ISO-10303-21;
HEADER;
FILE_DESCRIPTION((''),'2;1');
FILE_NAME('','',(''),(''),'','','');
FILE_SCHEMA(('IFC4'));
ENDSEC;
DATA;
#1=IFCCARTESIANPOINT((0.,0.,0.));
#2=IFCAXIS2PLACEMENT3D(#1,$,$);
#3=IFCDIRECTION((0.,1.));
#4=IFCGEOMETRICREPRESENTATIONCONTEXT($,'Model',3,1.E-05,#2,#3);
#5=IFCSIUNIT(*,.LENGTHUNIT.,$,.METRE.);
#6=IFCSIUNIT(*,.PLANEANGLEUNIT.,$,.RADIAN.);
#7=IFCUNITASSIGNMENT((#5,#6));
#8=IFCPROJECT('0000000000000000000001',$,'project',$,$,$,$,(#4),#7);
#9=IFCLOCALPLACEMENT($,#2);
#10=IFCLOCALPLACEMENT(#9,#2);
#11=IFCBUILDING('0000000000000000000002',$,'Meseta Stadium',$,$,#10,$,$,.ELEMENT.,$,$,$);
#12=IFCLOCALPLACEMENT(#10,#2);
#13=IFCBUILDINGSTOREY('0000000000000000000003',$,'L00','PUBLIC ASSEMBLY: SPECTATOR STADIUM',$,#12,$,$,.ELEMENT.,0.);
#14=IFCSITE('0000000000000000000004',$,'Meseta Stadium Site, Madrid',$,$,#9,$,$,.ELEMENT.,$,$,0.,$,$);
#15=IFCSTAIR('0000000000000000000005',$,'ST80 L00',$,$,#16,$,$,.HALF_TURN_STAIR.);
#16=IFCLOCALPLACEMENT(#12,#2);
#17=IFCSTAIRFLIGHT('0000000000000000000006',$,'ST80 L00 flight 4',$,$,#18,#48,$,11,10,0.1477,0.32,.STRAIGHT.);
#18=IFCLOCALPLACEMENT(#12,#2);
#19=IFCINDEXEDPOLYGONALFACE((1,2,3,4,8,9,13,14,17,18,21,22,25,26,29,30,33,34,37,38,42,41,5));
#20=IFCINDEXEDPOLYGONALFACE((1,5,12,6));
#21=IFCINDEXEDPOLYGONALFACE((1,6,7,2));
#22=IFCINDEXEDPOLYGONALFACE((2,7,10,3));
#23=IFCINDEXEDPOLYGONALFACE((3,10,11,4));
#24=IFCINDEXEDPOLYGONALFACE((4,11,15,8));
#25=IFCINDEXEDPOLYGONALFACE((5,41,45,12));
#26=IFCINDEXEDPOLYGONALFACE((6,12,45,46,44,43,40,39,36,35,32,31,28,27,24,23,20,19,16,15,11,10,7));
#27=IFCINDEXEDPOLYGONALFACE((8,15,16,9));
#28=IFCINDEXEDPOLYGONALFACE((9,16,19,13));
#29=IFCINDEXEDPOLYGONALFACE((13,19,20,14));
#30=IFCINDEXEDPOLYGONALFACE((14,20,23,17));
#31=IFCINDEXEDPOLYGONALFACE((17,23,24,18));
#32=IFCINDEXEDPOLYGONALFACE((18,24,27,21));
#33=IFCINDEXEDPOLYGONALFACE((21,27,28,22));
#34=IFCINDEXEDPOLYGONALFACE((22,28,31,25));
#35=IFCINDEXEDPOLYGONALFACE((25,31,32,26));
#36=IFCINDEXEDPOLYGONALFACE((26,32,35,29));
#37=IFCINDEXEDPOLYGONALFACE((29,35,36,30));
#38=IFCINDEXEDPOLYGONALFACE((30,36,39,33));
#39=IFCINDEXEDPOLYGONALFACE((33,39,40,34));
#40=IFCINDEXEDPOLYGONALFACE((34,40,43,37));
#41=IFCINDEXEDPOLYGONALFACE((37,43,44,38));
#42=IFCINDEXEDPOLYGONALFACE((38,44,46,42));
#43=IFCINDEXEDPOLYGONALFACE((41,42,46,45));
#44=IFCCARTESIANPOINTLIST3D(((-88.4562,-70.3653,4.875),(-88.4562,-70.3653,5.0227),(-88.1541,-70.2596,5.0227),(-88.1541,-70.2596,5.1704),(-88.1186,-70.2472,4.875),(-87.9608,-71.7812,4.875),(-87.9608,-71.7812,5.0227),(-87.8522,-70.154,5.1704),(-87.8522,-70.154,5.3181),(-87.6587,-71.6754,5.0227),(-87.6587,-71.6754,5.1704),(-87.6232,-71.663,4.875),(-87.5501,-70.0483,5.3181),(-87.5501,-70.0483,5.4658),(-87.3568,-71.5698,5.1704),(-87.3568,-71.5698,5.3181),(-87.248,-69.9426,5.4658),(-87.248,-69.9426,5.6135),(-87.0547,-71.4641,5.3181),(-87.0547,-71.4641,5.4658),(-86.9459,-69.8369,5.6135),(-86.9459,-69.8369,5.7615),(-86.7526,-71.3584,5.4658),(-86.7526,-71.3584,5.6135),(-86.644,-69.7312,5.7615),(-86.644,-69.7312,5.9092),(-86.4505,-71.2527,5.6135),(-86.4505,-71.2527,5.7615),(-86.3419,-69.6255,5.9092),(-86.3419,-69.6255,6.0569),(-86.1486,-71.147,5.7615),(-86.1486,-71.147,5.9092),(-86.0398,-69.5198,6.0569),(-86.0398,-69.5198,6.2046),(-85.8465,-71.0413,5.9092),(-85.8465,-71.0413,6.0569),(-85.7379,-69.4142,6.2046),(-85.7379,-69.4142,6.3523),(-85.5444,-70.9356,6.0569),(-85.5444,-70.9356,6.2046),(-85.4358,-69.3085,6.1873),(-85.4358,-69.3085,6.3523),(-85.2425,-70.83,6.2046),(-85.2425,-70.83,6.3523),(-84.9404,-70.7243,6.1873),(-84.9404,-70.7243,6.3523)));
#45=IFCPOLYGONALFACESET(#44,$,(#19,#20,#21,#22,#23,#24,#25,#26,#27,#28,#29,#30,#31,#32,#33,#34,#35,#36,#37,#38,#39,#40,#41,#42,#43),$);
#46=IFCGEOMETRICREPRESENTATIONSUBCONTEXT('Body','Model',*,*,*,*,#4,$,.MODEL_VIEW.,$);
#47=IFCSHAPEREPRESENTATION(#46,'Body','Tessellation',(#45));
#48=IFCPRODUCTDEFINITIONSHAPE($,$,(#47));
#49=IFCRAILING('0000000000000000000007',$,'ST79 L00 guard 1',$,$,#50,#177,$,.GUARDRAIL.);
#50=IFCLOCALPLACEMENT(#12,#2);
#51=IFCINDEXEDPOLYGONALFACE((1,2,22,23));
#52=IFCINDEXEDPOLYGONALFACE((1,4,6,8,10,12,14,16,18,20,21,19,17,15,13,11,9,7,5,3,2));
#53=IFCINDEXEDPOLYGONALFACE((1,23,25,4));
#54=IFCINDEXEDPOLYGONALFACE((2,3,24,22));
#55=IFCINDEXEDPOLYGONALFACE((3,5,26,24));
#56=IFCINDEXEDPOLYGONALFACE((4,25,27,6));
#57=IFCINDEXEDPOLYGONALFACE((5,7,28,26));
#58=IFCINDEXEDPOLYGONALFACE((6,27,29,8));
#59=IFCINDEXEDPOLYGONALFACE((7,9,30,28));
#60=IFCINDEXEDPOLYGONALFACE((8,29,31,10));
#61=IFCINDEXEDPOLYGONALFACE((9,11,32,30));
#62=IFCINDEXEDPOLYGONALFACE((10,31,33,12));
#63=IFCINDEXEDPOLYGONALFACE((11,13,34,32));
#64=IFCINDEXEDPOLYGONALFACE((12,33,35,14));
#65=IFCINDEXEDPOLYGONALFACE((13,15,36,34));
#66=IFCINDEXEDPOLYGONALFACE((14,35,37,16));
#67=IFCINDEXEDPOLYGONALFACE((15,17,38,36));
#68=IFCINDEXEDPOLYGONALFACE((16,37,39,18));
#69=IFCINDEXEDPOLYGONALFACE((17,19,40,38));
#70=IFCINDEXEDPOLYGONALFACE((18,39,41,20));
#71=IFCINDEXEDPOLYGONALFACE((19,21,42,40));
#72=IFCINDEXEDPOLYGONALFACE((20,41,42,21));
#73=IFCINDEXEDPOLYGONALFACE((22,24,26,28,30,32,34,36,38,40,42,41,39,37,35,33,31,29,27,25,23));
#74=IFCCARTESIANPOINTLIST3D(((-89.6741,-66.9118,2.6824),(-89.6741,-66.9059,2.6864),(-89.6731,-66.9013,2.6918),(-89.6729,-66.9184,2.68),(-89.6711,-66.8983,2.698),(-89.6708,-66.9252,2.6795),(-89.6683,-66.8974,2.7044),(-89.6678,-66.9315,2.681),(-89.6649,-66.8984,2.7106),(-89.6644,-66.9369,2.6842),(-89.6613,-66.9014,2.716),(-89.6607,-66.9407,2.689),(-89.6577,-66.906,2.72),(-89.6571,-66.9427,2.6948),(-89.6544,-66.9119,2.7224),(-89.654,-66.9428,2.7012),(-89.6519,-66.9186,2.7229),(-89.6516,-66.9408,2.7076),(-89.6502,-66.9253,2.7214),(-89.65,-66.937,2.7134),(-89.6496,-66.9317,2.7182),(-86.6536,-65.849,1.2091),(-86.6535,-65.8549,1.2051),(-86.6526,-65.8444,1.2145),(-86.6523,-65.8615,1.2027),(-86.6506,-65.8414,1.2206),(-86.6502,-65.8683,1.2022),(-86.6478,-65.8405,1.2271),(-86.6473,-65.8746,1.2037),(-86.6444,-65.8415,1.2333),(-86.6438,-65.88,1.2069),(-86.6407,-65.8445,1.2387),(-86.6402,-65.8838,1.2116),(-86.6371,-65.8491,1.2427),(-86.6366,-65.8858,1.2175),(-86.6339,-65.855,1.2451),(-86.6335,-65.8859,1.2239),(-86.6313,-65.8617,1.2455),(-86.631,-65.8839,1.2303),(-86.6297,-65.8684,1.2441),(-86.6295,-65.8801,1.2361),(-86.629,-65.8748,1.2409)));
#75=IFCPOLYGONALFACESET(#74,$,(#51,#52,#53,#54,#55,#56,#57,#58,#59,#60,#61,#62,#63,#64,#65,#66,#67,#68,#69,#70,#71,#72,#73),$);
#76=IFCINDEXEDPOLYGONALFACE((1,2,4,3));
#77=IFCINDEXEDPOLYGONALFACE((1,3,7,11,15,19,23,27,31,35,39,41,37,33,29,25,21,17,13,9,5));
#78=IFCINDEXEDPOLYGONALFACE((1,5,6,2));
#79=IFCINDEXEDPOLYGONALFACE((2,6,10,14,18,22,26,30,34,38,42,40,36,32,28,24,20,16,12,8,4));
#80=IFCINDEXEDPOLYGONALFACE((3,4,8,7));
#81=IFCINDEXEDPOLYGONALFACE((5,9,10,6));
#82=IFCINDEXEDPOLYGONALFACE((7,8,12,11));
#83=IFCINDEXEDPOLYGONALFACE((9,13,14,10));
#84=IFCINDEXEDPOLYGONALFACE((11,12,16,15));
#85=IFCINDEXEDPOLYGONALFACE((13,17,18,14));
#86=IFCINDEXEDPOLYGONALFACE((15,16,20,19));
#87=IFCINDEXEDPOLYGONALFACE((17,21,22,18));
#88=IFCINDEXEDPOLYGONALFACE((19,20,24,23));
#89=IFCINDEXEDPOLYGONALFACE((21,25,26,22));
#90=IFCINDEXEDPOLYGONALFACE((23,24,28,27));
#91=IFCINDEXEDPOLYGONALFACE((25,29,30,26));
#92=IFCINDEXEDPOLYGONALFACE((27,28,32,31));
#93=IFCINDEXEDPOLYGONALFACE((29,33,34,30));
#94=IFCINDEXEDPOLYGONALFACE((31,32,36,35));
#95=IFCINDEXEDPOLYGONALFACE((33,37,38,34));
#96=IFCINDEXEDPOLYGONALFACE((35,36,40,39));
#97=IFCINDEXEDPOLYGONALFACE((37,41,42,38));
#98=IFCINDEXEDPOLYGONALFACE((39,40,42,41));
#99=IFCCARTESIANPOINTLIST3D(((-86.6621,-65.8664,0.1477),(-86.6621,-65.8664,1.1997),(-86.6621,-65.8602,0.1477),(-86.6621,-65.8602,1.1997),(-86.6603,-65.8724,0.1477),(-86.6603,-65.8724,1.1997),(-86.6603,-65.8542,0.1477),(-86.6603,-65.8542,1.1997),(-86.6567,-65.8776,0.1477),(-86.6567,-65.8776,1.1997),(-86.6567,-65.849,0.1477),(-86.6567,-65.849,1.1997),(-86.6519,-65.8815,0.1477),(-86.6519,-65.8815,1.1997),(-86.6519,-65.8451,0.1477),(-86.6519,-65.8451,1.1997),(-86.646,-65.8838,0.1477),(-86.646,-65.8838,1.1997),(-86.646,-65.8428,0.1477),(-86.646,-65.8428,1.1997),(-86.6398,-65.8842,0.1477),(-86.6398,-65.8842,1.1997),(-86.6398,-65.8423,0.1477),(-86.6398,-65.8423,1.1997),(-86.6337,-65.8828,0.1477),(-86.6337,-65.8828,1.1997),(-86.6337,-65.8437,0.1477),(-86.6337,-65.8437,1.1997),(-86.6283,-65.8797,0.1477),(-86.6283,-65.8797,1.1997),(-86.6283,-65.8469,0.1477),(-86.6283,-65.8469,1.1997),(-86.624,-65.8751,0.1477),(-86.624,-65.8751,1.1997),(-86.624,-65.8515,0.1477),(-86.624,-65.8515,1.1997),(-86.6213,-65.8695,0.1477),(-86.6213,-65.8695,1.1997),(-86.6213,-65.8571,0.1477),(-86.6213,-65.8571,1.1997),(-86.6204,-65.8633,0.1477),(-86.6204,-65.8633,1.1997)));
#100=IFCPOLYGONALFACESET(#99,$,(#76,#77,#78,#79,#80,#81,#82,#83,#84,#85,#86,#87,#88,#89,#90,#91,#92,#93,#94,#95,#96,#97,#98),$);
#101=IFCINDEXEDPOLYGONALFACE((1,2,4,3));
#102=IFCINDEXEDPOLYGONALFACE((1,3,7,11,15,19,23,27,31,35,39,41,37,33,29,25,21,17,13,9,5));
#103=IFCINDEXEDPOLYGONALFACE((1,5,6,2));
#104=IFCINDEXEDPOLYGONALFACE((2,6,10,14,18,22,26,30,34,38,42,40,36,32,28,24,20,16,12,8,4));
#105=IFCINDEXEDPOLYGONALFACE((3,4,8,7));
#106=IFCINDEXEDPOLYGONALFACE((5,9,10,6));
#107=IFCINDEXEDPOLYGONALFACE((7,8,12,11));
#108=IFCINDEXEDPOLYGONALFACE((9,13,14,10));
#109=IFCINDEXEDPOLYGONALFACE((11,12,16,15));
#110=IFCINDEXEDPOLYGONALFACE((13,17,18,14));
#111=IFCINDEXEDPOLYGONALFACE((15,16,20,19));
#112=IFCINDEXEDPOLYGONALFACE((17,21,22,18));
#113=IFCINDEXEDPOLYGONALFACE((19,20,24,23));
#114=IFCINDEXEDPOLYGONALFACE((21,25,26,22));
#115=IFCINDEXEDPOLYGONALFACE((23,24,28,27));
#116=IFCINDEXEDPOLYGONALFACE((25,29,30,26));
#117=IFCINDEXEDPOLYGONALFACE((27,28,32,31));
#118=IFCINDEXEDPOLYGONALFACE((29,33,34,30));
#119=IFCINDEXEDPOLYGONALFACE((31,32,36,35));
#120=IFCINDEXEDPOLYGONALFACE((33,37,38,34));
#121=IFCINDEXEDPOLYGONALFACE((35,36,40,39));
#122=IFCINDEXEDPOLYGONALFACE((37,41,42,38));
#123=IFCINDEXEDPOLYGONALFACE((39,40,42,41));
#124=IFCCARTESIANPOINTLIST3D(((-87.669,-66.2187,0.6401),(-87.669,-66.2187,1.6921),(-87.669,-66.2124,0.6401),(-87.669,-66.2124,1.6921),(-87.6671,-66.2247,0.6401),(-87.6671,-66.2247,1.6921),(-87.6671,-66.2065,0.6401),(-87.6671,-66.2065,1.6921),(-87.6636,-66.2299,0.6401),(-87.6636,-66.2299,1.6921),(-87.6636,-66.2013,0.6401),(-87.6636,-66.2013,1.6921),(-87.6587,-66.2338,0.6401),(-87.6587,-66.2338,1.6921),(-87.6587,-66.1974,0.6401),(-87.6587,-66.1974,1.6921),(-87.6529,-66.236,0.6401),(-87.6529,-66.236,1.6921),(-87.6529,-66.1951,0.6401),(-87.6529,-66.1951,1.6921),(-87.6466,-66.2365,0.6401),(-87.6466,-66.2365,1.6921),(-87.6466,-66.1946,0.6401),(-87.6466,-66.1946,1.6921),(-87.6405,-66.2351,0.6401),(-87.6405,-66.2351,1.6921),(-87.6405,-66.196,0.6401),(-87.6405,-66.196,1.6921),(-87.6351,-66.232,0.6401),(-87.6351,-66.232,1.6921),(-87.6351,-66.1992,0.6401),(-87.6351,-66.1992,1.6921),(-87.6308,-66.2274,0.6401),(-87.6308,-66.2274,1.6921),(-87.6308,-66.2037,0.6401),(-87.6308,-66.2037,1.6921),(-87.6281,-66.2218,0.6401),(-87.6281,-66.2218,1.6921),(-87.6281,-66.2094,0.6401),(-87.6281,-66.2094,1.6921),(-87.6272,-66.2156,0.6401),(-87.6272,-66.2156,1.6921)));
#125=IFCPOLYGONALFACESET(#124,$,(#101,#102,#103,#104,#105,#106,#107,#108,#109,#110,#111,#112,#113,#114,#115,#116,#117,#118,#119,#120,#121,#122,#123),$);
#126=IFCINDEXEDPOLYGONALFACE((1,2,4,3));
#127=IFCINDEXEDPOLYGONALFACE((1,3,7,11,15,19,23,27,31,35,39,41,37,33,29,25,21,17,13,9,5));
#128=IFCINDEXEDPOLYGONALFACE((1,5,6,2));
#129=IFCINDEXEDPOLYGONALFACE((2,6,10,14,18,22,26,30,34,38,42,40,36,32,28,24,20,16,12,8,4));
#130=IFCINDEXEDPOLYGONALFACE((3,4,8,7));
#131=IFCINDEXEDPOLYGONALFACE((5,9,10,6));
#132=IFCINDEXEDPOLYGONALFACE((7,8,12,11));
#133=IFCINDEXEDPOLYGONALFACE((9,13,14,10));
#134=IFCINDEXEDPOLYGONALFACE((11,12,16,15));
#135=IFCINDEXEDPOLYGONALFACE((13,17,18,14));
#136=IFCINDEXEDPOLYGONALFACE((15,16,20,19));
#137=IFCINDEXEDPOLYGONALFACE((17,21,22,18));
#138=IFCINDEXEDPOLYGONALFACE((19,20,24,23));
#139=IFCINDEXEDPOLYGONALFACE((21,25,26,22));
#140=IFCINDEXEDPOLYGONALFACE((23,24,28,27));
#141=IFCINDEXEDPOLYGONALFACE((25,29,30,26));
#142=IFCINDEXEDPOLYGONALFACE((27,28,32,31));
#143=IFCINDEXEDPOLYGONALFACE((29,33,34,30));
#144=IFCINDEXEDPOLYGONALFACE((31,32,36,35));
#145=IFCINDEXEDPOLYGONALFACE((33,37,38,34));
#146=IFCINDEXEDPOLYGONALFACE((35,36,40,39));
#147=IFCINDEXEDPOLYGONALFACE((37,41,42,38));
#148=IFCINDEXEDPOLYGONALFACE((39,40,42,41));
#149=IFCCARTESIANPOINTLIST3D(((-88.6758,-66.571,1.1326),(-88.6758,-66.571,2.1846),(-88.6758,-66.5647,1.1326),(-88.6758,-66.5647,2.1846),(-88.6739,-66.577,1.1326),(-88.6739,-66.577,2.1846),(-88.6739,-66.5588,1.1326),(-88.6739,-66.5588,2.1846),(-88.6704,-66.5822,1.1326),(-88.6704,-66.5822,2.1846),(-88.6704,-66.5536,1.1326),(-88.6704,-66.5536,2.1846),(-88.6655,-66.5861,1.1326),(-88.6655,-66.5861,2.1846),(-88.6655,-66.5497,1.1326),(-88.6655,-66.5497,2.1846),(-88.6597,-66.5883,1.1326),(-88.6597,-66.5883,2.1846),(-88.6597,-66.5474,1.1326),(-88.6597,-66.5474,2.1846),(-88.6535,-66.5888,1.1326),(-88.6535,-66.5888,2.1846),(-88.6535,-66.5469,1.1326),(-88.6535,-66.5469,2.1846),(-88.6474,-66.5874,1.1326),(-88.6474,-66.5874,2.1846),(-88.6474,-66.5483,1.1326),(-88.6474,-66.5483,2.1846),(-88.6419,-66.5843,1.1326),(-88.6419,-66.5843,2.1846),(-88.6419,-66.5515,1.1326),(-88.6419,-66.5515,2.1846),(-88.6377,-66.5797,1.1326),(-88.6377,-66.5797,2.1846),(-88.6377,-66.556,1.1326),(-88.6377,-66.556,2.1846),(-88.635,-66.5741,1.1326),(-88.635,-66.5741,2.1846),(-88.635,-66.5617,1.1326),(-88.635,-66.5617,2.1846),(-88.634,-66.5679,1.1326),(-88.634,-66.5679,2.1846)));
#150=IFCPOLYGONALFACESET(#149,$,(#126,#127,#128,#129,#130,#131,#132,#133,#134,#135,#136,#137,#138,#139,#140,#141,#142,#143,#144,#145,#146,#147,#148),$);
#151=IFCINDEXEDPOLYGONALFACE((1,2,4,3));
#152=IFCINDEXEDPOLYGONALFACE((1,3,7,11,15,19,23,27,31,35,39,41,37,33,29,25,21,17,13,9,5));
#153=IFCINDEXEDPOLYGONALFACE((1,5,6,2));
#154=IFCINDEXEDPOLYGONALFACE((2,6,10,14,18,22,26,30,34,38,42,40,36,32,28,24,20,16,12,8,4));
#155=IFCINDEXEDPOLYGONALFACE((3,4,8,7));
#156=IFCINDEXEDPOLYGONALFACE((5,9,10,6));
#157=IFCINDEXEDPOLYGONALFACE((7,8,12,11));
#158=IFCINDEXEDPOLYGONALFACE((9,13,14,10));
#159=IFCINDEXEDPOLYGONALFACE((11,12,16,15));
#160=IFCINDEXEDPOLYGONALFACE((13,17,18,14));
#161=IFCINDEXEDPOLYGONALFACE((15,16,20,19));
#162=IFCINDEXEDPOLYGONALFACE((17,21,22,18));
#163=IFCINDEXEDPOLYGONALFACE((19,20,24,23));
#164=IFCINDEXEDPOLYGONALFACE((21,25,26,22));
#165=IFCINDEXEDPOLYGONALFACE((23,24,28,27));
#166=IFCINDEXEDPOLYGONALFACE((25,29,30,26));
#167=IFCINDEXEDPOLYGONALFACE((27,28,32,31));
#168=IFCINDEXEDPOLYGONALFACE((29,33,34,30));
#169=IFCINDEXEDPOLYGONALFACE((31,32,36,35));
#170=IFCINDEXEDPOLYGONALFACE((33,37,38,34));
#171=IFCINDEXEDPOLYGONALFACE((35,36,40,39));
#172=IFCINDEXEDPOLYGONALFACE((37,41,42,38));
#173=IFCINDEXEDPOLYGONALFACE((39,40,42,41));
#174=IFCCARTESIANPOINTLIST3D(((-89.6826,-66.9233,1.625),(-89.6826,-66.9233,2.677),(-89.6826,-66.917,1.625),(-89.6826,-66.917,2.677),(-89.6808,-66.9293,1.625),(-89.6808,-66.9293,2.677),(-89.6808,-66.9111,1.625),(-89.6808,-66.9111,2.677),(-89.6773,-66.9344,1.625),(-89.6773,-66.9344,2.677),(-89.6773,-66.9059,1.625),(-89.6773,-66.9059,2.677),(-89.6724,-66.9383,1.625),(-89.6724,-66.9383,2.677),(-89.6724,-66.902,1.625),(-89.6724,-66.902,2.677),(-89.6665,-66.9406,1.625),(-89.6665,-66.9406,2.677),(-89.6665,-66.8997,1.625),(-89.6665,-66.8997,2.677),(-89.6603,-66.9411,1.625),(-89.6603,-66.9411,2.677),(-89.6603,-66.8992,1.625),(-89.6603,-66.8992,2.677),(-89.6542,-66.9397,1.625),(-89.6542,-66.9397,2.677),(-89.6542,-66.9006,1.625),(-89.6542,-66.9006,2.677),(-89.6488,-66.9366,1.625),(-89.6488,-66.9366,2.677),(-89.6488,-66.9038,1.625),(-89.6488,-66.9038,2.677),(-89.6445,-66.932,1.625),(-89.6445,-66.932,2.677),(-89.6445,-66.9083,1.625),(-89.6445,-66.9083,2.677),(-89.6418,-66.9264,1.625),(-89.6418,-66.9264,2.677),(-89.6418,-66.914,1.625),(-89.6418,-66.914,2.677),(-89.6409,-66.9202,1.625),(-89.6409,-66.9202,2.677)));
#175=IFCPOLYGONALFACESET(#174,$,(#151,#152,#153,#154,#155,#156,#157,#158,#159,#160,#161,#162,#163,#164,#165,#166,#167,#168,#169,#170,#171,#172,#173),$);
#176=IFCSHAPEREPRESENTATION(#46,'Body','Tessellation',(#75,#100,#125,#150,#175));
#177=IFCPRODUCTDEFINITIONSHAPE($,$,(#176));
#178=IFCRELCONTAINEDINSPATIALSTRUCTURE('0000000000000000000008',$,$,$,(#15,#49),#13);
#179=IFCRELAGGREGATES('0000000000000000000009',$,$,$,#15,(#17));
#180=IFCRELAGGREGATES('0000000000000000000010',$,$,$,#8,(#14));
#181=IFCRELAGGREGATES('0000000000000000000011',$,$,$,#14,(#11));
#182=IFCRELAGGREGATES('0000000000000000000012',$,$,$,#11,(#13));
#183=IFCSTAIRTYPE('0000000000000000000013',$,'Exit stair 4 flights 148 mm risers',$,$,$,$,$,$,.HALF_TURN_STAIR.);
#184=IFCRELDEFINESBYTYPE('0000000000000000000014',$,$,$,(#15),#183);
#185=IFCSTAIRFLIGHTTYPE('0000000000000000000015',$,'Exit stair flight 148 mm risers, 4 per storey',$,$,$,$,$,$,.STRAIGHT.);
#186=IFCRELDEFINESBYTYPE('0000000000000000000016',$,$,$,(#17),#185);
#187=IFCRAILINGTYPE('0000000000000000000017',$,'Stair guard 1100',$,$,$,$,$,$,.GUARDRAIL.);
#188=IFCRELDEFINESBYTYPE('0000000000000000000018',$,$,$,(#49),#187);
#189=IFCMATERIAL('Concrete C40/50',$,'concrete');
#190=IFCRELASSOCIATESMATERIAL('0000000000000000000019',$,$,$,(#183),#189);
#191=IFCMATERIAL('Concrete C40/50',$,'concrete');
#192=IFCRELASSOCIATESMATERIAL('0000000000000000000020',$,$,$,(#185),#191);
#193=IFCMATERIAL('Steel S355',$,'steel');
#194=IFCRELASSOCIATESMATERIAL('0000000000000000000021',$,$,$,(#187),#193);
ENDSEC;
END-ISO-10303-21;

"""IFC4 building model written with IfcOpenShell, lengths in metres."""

from ifc_helpers import new_model, si_unit, direction, frame, origin, origin_2d, place, context, subcontext, project, spatial, polyline, circle, outline, extrude, material, type_object, element, aggregate, save


model = new_model("IFC4")

# Units and contexts
model_context = context("Model", 3, precision=1e-05, world=origin(), true_north=direction((0.0, 1.0)))
body_context = subcontext(model_context, "Body", "Model", "MODEL_VIEW")
ifc_project = project(units=[si_unit("LENGTHUNIT", "METRE"), si_unit("PLANEANGLEUNIT", "RADIAN")], contexts=[model_context])

# Site, building, storey
site_placement = place(None, origin())
site = spatial("IfcSite", under=ifc_project, at=site_placement, Name="Meseta Stadium Site, Madrid", CompositionType="ELEMENT", RefElevation=0.0)
building_placement = place(site_placement, origin())
building = spatial("IfcBuilding", under=site, at=building_placement, Name="Meseta Stadium", CompositionType="ELEMENT")
storey_placement = place(building_placement, origin())
storey = spatial("IfcBuildingStorey", under=building, at=storey_placement, Name="L00", Description="PUBLIC ASSEMBLY: SPECTATOR STADIUM", CompositionType="ELEMENT", Elevation=0.0)

# Stair, stair flight
ifc_material_1 = material(Name="Concrete C40/50", Category="concrete")
stair_type = type_object("IfcStairType", Name="Exit stair 4 flights 148 mm risers", PredefinedType="HALF_TURN_STAIR", material=ifc_material_1)
stair_placement = place(storey_placement, origin())
stair = element("IfcStair", 1, at=stair_placement, inside=storey, type_object=stair_type, Name="ST80 L00", PredefinedType="HALF_TURN_STAIR")
ifc_material_2 = material(Name="Concrete C40/50", Category="concrete")
stair_flight_type = type_object("IfcStairFlightType", Name="Exit stair flight 148 mm risers, 4 per storey", PredefinedType="STRAIGHT", material=ifc_material_2)
stair_flight_1_placement = place(storey_placement, frame((-88.2085, -71.0732, 4.875), z_axis=(0.0, 0.0, 1.0), x_axis=(0.943883, 0.330279, 0.0)))
stair_flight_1 = element("IfcStairFlight", 2, at=stair_flight_1_placement, type_object=stair_flight_type, Name="ST80 L00 flight 4", NumberOfRisers=11, NumberOfTreads=10, PredefinedType="STRAIGHT", RiserHeight=0.1477, TreadLength=0.32, context=body_context, shape_type="SweptSolid", body=[
    extrude(outline(polyline([(0.0, 0.0), (0.0, 0.1477), (0.3201, 0.1477), (0.3201, 0.2954), (0.6399, 0.2954), (0.6399, 0.4431), (0.96, 0.4431), (0.96, 0.5908), (1.28, 0.5908), (1.28, 0.7385), (1.6001, 0.7385), (1.6001, 0.8865), (1.9199, 0.8865), (1.9199, 1.0342), (2.24, 1.0342), (2.24, 1.1819), (2.5601, 1.1819), (2.5601, 1.3296), (2.8799, 1.3296), (2.8799, 1.4773), (3.2, 1.4773), (3.2, 1.3123), (0.3577, 0.0), (0.0, 0.0)])), frame((0.0, 0.75, 0.0), z_axis=(0.0, -1.0, 0.0), x_axis=(1.0, 0.0, 0.0)), (0.0, 0.0, 1.0), 1.5),
])
aggregate(stair, [stair_flight_1])

# Railing
ifc_material_3 = material(Name="Steel S355", Category="steel")
railing_type_1 = type_object("IfcRailingType", Name="Stair guard 1100", PredefinedType="GUARDRAIL", material=ifc_material_3)
railing_1_placement = place(storey_placement, frame((-86.6414, -65.8633, 0.1477)))
element("IfcRailing", 3, at=railing_1_placement, inside=storey, type_object=railing_type_1, Name="ST79 L00 guard 1", PredefinedType="GUARDRAIL", context=body_context, shape_type="SweptSolid", body=[
    extrude(circle(Radius=0.0239, at=origin_2d()), frame((0.0, 0.0, 1.0762), z_axis=(-0.856977, -0.299859, 0.419137), x_axis=(0.330269, -0.943887, 0.0)), (0.0, 0.0, 1.0), 3.5247),
    extrude(circle(Radius=0.021, at=origin_2d()), origin(), (0.0, 0.0, 1.0), 1.052),
    extrude(circle(Radius=0.021, at=origin_2d()), frame((-1.0068, -0.3523, 0.4924)), (0.0, 0.0, 1.0), 1.052),
    extrude(circle(Radius=0.021, at=origin_2d()), frame((-2.0137, -0.7046, 0.9849)), (0.0, 0.0, 1.0), 1.052),
    extrude(circle(Radius=0.021, at=origin_2d()), frame((-3.0205, -1.0569, 1.4773)), (0.0, 0.0, 1.0), 1.052),
])

save(model, "model.ifc")
